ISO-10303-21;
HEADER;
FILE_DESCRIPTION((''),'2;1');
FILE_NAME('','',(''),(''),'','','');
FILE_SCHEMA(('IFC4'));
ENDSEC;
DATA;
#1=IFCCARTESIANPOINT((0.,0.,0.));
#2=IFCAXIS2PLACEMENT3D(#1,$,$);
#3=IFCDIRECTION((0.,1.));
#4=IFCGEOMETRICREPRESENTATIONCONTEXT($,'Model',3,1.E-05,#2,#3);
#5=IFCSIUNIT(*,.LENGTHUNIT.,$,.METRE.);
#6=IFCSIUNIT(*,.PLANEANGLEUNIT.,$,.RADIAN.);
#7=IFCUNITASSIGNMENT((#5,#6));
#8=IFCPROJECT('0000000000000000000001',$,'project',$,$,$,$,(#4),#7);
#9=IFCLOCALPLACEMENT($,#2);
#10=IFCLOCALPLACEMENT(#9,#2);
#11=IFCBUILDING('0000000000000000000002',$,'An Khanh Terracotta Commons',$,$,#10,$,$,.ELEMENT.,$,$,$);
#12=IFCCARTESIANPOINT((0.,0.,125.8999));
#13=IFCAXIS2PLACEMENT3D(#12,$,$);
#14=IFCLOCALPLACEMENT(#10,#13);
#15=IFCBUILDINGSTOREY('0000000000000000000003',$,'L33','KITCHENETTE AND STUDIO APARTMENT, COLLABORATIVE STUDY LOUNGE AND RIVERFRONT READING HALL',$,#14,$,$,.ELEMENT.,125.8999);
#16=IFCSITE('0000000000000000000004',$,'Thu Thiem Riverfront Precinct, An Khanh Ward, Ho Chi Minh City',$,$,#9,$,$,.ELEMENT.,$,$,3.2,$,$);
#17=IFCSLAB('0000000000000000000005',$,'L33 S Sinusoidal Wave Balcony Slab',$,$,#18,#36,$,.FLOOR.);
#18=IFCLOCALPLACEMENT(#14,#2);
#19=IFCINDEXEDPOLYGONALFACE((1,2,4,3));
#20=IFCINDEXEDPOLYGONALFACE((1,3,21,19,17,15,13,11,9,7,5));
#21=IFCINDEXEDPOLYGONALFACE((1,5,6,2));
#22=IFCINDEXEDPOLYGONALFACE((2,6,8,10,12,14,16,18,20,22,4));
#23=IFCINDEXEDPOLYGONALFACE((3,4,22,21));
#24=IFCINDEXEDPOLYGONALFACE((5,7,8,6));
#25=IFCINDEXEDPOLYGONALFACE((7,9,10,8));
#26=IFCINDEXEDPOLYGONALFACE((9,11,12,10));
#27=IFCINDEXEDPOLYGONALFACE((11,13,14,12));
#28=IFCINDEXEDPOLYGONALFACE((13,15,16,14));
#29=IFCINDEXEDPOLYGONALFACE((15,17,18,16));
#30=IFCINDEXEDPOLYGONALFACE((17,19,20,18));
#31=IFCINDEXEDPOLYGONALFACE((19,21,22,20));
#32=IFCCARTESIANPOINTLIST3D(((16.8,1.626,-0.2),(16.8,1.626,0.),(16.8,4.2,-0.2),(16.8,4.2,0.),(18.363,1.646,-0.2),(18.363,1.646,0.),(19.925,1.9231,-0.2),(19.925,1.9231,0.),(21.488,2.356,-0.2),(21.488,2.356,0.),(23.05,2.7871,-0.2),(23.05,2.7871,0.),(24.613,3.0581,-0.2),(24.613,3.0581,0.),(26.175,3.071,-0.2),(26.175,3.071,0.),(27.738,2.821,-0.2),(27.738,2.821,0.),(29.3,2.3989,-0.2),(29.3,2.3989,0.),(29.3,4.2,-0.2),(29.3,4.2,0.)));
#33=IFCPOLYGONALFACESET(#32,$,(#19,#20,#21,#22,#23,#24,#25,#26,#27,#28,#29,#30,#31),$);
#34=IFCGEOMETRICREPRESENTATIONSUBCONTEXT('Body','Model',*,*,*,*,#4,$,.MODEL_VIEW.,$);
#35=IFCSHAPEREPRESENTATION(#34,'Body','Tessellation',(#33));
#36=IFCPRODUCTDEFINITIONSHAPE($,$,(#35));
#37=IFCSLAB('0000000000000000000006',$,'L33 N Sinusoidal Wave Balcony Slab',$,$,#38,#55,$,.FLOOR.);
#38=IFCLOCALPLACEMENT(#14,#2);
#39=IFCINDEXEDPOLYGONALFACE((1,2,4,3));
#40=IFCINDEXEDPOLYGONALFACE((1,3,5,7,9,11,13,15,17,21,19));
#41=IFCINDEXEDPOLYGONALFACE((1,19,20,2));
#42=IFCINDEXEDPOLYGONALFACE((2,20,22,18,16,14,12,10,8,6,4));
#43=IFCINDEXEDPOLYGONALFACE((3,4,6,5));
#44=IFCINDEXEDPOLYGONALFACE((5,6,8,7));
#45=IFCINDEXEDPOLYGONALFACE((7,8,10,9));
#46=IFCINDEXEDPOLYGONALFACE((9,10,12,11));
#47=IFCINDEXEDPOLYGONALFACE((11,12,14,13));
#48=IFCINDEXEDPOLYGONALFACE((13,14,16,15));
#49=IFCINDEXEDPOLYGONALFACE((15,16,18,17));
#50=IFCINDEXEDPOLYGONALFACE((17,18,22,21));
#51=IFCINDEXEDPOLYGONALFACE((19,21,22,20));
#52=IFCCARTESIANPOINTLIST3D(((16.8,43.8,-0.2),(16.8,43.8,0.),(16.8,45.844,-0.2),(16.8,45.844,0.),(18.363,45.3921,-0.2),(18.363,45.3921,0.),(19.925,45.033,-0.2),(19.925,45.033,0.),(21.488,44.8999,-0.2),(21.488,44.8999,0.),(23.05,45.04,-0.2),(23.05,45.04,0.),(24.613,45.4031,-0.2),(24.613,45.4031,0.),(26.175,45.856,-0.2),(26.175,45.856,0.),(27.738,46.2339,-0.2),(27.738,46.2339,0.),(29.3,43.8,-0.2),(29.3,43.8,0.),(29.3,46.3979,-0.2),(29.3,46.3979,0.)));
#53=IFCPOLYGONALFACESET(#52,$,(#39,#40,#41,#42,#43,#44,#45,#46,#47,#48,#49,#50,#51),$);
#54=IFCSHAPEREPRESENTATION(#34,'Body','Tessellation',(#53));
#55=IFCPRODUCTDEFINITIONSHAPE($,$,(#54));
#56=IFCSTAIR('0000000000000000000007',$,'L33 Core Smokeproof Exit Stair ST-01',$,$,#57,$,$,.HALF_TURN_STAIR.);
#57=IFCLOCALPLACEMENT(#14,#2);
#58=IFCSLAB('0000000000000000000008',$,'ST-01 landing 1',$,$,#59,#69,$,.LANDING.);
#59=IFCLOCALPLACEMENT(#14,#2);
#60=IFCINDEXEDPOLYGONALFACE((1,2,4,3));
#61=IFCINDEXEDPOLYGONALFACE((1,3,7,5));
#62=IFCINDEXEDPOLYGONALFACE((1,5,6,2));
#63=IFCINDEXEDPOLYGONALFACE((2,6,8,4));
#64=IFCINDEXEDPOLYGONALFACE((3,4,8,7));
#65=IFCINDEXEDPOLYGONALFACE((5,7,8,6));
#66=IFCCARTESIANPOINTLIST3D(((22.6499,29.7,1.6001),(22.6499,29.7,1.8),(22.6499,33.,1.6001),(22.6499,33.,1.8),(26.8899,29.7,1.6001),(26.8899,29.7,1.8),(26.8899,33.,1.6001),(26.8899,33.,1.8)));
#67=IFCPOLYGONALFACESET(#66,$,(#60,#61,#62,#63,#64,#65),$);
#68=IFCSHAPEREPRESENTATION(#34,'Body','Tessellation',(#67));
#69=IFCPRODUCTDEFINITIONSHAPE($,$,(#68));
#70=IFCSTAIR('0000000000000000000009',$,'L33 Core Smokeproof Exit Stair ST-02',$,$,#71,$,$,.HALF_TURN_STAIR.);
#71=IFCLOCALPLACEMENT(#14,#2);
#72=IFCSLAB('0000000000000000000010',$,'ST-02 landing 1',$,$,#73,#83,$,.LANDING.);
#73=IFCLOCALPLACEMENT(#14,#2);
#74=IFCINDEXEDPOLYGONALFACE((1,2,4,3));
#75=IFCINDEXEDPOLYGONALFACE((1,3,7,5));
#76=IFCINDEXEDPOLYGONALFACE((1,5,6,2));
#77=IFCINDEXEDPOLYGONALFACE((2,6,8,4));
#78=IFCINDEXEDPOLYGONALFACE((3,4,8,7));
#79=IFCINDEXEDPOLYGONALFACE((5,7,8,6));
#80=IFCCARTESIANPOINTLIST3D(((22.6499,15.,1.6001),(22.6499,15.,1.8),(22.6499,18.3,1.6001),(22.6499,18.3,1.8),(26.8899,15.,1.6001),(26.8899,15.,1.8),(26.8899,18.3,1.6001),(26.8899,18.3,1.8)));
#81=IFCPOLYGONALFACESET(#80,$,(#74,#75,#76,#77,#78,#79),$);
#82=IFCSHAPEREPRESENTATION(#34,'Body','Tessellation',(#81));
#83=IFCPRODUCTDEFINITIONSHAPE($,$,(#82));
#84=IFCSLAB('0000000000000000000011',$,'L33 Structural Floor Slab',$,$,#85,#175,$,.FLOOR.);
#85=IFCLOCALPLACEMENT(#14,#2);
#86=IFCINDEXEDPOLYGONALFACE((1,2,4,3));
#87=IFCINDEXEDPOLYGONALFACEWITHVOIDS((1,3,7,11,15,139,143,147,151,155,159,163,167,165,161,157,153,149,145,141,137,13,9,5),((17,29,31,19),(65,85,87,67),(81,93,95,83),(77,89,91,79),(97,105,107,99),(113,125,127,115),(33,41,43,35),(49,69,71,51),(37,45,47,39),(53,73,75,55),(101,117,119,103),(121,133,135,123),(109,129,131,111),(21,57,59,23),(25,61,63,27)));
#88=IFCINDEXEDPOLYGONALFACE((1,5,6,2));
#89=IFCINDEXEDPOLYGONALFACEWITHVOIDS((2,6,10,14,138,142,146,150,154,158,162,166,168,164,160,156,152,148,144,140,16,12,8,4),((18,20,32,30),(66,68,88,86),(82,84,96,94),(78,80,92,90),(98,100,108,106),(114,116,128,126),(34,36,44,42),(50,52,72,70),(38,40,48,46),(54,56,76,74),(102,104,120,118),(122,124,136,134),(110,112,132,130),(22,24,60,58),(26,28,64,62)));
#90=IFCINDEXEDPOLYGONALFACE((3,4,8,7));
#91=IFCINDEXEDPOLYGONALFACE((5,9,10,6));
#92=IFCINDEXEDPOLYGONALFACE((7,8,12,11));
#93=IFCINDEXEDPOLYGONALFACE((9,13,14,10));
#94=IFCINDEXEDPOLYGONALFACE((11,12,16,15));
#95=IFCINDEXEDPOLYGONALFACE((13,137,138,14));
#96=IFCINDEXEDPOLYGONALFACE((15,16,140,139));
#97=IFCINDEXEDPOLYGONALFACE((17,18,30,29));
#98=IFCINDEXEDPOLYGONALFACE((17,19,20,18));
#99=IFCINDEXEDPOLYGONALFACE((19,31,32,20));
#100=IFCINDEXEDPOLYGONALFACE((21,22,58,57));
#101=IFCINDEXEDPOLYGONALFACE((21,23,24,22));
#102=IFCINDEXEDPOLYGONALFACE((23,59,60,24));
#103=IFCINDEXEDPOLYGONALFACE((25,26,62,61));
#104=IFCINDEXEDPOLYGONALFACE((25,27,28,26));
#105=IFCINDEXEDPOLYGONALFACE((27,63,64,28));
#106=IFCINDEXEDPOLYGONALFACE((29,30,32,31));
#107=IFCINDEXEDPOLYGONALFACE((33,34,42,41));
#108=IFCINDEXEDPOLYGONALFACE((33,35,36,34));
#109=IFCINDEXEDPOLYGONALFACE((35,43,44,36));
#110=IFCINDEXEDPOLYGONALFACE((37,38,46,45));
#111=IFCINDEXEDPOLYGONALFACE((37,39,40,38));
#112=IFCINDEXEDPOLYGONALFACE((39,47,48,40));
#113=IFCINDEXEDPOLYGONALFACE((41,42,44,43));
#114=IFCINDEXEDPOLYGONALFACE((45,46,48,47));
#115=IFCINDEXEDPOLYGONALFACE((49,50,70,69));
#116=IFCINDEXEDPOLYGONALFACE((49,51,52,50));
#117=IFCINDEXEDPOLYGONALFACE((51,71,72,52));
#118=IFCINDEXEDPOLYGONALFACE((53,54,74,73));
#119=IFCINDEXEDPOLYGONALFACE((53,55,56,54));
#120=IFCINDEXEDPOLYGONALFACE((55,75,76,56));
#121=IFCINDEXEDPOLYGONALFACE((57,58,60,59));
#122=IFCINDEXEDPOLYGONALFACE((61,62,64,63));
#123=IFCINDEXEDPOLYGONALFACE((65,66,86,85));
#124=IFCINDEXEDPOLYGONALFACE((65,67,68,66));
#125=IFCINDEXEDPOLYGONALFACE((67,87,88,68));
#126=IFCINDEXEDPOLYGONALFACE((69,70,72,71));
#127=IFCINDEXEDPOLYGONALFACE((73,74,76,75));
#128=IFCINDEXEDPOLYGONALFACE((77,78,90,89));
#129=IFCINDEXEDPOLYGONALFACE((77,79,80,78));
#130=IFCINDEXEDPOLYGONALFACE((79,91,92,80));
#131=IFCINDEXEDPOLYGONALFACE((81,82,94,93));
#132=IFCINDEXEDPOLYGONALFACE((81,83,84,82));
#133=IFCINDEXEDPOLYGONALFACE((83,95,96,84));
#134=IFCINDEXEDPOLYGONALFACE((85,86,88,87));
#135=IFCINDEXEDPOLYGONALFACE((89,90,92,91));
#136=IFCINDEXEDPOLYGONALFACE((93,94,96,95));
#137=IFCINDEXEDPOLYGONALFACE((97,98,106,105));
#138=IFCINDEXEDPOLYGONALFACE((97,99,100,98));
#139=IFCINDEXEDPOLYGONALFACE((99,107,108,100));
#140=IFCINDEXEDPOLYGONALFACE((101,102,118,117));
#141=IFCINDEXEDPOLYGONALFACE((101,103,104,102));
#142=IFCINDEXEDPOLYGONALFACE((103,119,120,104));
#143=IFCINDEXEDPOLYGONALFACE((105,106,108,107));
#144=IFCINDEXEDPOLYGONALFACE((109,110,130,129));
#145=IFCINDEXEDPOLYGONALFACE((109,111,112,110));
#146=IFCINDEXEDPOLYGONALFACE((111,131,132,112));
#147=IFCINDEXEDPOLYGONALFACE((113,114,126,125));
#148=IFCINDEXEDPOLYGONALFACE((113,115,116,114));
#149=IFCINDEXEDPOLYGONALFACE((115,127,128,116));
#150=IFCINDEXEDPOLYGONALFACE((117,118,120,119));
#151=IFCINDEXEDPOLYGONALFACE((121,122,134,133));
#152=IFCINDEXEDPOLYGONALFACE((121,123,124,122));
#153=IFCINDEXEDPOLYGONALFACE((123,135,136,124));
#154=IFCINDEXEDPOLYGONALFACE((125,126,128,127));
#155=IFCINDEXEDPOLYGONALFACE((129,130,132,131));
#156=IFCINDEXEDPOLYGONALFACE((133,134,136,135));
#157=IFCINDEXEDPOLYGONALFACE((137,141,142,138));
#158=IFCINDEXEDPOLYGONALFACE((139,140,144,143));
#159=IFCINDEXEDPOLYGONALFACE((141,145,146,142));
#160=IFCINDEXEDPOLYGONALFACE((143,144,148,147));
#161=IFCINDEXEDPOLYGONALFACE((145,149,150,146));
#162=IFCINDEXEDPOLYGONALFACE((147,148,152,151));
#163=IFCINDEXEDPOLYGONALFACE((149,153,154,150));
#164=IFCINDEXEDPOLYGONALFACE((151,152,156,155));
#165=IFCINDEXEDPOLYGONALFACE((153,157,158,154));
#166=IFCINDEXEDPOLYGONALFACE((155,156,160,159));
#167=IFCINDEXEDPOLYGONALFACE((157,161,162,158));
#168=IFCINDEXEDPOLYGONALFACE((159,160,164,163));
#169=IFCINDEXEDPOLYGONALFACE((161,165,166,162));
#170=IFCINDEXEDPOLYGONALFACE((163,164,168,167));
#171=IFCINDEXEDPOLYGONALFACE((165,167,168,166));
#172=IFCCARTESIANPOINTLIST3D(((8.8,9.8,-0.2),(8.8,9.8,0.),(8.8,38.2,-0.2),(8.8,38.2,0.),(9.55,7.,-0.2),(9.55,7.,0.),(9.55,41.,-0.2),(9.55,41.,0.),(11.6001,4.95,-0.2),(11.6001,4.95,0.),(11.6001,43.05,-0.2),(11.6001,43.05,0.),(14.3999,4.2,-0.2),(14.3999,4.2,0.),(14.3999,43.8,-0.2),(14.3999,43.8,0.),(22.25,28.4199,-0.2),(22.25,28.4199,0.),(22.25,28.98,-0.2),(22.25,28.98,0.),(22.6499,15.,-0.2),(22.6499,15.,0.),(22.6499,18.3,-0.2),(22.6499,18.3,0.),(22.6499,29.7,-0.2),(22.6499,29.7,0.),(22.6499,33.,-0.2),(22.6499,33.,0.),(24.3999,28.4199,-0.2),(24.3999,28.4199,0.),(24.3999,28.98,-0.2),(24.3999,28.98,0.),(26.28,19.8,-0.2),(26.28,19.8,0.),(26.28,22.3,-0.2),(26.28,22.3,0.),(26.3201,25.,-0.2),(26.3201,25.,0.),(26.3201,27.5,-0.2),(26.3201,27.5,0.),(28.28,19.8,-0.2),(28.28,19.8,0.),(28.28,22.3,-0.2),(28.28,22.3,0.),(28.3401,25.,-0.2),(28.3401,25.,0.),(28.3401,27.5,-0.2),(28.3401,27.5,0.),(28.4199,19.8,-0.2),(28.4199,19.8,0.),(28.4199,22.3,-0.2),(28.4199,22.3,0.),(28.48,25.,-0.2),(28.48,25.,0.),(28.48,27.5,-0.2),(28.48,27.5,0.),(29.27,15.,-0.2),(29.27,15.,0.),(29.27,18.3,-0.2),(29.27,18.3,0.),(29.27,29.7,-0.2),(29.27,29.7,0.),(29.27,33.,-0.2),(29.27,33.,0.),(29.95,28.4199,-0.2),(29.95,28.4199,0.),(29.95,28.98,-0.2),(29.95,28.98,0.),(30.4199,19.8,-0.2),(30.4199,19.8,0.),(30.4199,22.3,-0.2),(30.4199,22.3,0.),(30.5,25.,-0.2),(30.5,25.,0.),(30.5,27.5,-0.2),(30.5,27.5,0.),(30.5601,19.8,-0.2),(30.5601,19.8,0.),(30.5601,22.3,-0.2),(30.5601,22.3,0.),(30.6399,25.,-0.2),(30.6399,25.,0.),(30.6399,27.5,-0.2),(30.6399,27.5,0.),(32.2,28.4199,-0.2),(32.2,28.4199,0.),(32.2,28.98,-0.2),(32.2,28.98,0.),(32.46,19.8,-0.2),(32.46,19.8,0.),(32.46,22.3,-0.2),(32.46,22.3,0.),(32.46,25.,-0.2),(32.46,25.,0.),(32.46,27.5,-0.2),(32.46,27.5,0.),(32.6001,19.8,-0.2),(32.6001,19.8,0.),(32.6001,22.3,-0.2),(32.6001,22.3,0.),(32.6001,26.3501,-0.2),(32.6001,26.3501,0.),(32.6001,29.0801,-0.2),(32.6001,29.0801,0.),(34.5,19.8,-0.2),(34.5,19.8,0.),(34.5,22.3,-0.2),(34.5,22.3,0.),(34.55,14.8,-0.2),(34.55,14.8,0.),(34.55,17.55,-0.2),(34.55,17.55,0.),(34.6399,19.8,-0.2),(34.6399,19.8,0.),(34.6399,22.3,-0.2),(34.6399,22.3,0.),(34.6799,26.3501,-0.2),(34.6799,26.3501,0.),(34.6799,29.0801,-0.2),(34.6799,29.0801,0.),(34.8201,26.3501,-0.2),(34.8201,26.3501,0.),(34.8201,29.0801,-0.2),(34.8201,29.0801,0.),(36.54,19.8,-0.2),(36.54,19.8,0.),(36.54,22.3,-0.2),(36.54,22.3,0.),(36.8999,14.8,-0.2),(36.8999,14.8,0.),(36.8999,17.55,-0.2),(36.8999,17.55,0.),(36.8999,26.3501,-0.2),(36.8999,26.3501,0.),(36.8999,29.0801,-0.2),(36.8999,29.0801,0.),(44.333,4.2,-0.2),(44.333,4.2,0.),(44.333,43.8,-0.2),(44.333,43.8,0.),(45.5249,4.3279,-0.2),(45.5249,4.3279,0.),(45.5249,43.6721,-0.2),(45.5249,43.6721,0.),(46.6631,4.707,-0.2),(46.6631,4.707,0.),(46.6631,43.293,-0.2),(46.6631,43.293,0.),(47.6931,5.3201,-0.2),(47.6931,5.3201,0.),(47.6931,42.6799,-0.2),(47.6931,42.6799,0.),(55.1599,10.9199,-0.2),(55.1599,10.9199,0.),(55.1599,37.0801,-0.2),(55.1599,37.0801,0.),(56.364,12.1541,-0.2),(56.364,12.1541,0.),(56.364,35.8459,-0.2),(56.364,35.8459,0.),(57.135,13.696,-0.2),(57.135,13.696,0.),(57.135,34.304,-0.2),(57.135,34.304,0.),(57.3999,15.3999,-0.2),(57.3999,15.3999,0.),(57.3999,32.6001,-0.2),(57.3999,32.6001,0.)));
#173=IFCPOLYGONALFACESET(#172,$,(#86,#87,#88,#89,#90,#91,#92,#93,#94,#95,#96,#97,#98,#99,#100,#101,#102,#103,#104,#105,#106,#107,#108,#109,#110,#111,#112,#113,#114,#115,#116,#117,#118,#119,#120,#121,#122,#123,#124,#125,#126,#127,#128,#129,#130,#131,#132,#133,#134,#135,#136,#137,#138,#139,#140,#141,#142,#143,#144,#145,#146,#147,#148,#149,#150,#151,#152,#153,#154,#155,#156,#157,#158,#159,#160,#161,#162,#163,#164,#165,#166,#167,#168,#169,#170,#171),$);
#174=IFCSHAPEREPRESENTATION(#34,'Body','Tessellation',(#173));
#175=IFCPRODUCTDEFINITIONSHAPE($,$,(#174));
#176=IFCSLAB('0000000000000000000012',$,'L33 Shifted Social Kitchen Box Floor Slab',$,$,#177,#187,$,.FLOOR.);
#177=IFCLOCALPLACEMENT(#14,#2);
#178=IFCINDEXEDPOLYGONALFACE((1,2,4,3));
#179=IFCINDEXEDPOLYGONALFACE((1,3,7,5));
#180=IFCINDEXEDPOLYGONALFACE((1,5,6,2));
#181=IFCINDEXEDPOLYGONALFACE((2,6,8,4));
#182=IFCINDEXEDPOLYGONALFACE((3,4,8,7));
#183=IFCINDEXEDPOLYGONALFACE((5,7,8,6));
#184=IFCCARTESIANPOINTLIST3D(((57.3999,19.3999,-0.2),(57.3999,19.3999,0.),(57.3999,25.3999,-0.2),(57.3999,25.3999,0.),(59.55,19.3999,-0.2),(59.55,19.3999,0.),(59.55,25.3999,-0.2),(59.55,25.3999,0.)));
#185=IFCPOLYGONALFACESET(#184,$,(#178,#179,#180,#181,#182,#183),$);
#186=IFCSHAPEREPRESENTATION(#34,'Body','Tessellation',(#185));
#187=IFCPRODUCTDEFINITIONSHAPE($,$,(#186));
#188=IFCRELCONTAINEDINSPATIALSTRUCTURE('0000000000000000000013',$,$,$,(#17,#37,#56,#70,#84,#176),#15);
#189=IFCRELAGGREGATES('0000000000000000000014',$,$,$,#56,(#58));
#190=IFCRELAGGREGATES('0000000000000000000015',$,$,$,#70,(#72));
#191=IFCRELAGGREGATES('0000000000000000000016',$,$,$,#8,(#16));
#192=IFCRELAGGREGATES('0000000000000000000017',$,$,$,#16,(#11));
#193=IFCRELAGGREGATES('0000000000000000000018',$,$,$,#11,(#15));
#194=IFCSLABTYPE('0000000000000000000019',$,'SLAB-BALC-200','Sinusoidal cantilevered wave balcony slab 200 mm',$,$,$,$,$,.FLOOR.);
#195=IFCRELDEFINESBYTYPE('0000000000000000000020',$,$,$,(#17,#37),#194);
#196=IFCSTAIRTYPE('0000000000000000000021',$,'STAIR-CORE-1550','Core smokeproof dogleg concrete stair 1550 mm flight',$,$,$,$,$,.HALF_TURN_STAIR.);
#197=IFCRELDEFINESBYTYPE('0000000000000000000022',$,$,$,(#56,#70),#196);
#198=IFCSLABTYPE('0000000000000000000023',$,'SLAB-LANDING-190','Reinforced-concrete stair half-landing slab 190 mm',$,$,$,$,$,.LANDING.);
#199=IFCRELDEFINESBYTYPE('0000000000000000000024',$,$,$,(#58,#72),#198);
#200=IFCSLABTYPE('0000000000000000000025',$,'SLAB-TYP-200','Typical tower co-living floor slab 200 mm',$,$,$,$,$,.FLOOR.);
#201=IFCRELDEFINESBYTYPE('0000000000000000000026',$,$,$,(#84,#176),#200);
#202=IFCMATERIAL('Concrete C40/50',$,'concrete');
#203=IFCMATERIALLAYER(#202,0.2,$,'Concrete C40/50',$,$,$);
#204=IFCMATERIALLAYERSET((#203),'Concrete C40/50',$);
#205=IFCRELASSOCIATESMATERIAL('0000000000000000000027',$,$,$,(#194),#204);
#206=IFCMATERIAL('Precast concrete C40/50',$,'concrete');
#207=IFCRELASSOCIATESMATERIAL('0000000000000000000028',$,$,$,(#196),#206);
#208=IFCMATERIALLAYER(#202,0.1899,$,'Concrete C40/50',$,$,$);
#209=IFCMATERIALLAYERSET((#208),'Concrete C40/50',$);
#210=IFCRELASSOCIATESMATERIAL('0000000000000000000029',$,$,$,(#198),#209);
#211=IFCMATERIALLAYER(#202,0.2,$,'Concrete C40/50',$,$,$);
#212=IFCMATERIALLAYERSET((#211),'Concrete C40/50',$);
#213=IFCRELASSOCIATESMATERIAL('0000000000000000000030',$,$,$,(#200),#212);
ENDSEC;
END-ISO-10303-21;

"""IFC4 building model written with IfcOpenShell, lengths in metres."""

from ifc_helpers import new_model, si_unit, direction, frame, origin, place, context, subcontext, project, spatial, polyline, outline, extrude, material, layer, layer_set, type_object, element, aggregate, save


model = new_model("IFC4")

# Units and contexts
model_context = context("Model", 3, precision=1e-05, world=origin(), true_north=direction((0.0, 1.0)))
body_context = subcontext(model_context, "Body", "Model", "MODEL_VIEW")
ifc_project = project(units=[si_unit("LENGTHUNIT", "METRE"), si_unit("PLANEANGLEUNIT", "RADIAN")], contexts=[model_context])

# Site, building, storey
site_placement = place(None, origin())
site = spatial("IfcSite", under=ifc_project, at=site_placement, Name="Thu Thiem Riverfront Precinct, An Khanh Ward, Ho Chi Minh City", CompositionType="ELEMENT", RefElevation=3.2)
building_placement = place(site_placement, origin())
building = spatial("IfcBuilding", under=site, at=building_placement, Name="An Khanh Terracotta Commons", CompositionType="ELEMENT")
storey_placement = place(building_placement, frame((0.0, 0.0, 125.8999)))
storey = spatial("IfcBuildingStorey", under=building, at=storey_placement, Name="L33", Description="KITCHENETTE AND STUDIO APARTMENT, COLLABORATIVE STUDY LOUNGE AND RIVERFRONT READING HALL", CompositionType="ELEMENT", Elevation=125.8999)

# Slabs
ifc_material_1 = material(Name="Concrete C40/50", Category="concrete")
ifc_layer_1 = layer(ifc_material_1, 0.2, Name="Concrete C40/50")
ifc_layer_set_1 = layer_set([ifc_layer_1], Name="Concrete C40/50")
slab_type_1 = type_object("IfcSlabType", Name="SLAB-BALC-200", Description="Sinusoidal cantilevered wave balcony slab 200 mm", PredefinedType="FLOOR", material=ifc_layer_set_1)
slab_1_placement = place(storey_placement, frame((0.0, 0.0, -0.2)))
element("IfcSlab", 1, at=slab_1_placement, inside=storey, type_object=slab_type_1, Name="L33 S Sinusoidal Wave Balcony Slab", PredefinedType="FLOOR", context=body_context, shape_type="SweptSolid", body=[
    extrude(outline(polyline([(16.8, 4.2), (16.8, 1.626), (18.363, 1.646), (19.925, 1.9231), (21.488, 2.356), (23.05, 2.7871), (24.613, 3.0581), (26.175, 3.071), (27.738, 2.821), (29.3, 2.3989), (29.3, 4.2), (16.8, 4.2)])), origin(), (0.0, 0.0, 1.0), 0.2),
])
slab_2_placement = place(storey_placement, frame((0.0, 0.0, -0.2)))
element("IfcSlab", 2, at=slab_2_placement, inside=storey, type_object=slab_type_1, Name="L33 N Sinusoidal Wave Balcony Slab", PredefinedType="FLOOR", context=body_context, shape_type="SweptSolid", body=[
    extrude(outline(polyline([(29.3, 43.8), (29.3, 46.3979), (27.738, 46.2339), (26.175, 45.856), (24.613, 45.4031), (23.05, 45.04), (21.488, 44.8999), (19.925, 45.033), (18.363, 45.3921), (16.8, 45.844), (16.8, 43.8), (29.3, 43.8)])), origin(), (0.0, 0.0, 1.0), 0.2),
])

# Stairs, slabs
ifc_material_2 = material(Name="Precast concrete C40/50", Category="concrete")
stair_type = type_object("IfcStairType", Name="STAIR-CORE-1550", Description="Core smokeproof dogleg concrete stair 1550 mm flight", PredefinedType="HALF_TURN_STAIR", material=ifc_material_2)
stair_1_placement = place(storey_placement, origin())
stair_1 = element("IfcStair", 3, at=stair_1_placement, inside=storey, type_object=stair_type, Name="L33 Core Smokeproof Exit Stair ST-01", PredefinedType="HALF_TURN_STAIR")
ifc_layer_2 = layer(ifc_material_1, 0.1899, Name="Concrete C40/50")
ifc_layer_set_2 = layer_set([ifc_layer_2], Name="Concrete C40/50")
slab_type_2 = type_object("IfcSlabType", Name="SLAB-LANDING-190", Description="Reinforced-concrete stair half-landing slab 190 mm", PredefinedType="LANDING", material=ifc_layer_set_2)
slab_3_placement = place(storey_placement, frame((0.0, 0.0, 1.6001)))
slab_3 = element("IfcSlab", 4, at=slab_3_placement, type_object=slab_type_2, Name="ST-01 landing 1", PredefinedType="LANDING", context=body_context, shape_type="SweptSolid", body=[
    extrude(outline(polyline([(26.8899, 33.0), (22.6499, 33.0), (22.6499, 29.7), (26.8899, 29.7), (26.8899, 33.0)])), origin(), (0.0, 0.0, 1.0), 0.2),
])
aggregate(stair_1, [slab_3])
stair_2_placement = place(storey_placement, origin())
stair_2 = element("IfcStair", 5, at=stair_2_placement, inside=storey, type_object=stair_type, Name="L33 Core Smokeproof Exit Stair ST-02", PredefinedType="HALF_TURN_STAIR")
slab_4_placement = place(storey_placement, frame((0.0, 0.0, 1.6001)))
slab_4 = element("IfcSlab", 6, at=slab_4_placement, type_object=slab_type_2, Name="ST-02 landing 1", PredefinedType="LANDING", context=body_context, shape_type="SweptSolid", body=[
    extrude(outline(polyline([(26.8899, 18.3), (22.6499, 18.3), (22.6499, 15.0), (26.8899, 15.0), (26.8899, 18.3)])), origin(), (0.0, 0.0, 1.0), 0.2),
])
aggregate(stair_2, [slab_4])

# Slabs
ifc_layer_3 = layer(ifc_material_1, 0.2, Name="Concrete C40/50")
ifc_layer_set_3 = layer_set([ifc_layer_3], Name="Concrete C40/50")
slab_type_3 = type_object("IfcSlabType", Name="SLAB-TYP-200", Description="Typical tower co-living floor slab 200 mm", PredefinedType="FLOOR", material=ifc_layer_set_3)
slab_5_placement = place(storey_placement, frame((0.0, 0.0, -0.2)))
element("IfcSlab", 7, at=slab_5_placement, inside=storey, type_object=slab_type_3, Name="L33 Structural Floor Slab", PredefinedType="FLOOR", context=body_context, shape_type="SweptSolid", body=[
    extrude(outline(polyline([(8.8, 9.8), (9.55, 7.0), (11.6001, 4.95), (14.3999, 4.2), (44.333, 4.2), (45.5249, 4.3279), (46.6631, 4.707), (47.6931, 5.3201), (55.1599, 10.9199), (56.364, 12.1541), (57.135, 13.696), (57.3999, 15.3999), (57.3999, 32.6001), (57.135, 34.304), (56.364, 35.8459), (55.1599, 37.0801), (47.6931, 42.6799), (46.6631, 43.293), (45.5249, 43.6721), (44.333, 43.8), (14.3999, 43.8), (11.6001, 43.05), (9.55, 41.0), (8.8, 38.2), (8.8, 9.8)]), holes=[polyline([(22.6499, 29.7), (29.27, 29.7), (29.27, 33.0), (22.6499, 33.0), (22.6499, 29.7)]), polyline([(22.6499, 15.0), (29.27, 15.0), (29.27, 18.3), (22.6499, 18.3), (22.6499, 15.0)]), polyline([(32.6001, 26.3501), (34.6799, 26.3501), (34.6799, 29.0801), (32.6001, 29.0801), (32.6001, 26.3501)]), polyline([(34.8201, 26.3501), (36.8999, 26.3501), (36.8999, 29.0801), (34.8201, 29.0801), (34.8201, 26.3501)]), polyline([(34.55, 14.8), (36.8999, 14.8), (36.8999, 17.55), (34.55, 17.55), (34.55, 14.8)]), polyline([(26.3201, 25.0), (28.3401, 25.0), (28.3401, 27.5), (26.3201, 27.5), (26.3201, 25.0)]), polyline([(28.48, 25.0), (30.5, 25.0), (30.5, 27.5), (28.48, 27.5), (28.48, 25.0)]), polyline([(26.28, 19.8), (28.28, 19.8), (28.28, 22.3), (26.28, 22.3), (26.28, 19.8)]), polyline([(28.4199, 19.8), (30.4199, 19.8), (30.4199, 22.3), (28.4199, 22.3), (28.4199, 19.8)]), polyline([(30.6399, 25.0), (32.46, 25.0), (32.46, 27.5), (30.6399, 27.5), (30.6399, 25.0)]), polyline([(30.5601, 19.8), (32.46, 19.8), (32.46, 22.3), (30.5601, 22.3), (30.5601, 19.8)]), polyline([(32.6001, 19.8), (34.5, 19.8), (34.5, 22.3), (32.6001, 22.3), (32.6001, 19.8)]), polyline([(34.6399, 19.8), (36.54, 19.8), (36.54, 22.3), (34.6399, 22.3), (34.6399, 19.8)]), polyline([(22.25, 28.4199), (24.3999, 28.4199), (24.3999, 28.98), (22.25, 28.98), (22.25, 28.4199)]), polyline([(29.95, 28.4199), (32.2, 28.4199), (32.2, 28.98), (29.95, 28.98), (29.95, 28.4199)])]), origin(), (0.0, 0.0, 1.0), 0.2),
])
slab_6_placement = place(storey_placement, frame((0.0, 0.0, -0.2)))
element("IfcSlab", 8, at=slab_6_placement, inside=storey, type_object=slab_type_3, Name="L33 Shifted Social Kitchen Box Floor Slab", PredefinedType="FLOOR", context=body_context, shape_type="SweptSolid", body=[
    extrude(outline(polyline([(57.3999, 19.3999), (59.55, 19.3999), (59.55, 25.3999), (57.3999, 25.3999), (57.3999, 19.3999)])), origin(), (0.0, 0.0, 1.0), 0.2),
])

save(model, "model.ifc")
